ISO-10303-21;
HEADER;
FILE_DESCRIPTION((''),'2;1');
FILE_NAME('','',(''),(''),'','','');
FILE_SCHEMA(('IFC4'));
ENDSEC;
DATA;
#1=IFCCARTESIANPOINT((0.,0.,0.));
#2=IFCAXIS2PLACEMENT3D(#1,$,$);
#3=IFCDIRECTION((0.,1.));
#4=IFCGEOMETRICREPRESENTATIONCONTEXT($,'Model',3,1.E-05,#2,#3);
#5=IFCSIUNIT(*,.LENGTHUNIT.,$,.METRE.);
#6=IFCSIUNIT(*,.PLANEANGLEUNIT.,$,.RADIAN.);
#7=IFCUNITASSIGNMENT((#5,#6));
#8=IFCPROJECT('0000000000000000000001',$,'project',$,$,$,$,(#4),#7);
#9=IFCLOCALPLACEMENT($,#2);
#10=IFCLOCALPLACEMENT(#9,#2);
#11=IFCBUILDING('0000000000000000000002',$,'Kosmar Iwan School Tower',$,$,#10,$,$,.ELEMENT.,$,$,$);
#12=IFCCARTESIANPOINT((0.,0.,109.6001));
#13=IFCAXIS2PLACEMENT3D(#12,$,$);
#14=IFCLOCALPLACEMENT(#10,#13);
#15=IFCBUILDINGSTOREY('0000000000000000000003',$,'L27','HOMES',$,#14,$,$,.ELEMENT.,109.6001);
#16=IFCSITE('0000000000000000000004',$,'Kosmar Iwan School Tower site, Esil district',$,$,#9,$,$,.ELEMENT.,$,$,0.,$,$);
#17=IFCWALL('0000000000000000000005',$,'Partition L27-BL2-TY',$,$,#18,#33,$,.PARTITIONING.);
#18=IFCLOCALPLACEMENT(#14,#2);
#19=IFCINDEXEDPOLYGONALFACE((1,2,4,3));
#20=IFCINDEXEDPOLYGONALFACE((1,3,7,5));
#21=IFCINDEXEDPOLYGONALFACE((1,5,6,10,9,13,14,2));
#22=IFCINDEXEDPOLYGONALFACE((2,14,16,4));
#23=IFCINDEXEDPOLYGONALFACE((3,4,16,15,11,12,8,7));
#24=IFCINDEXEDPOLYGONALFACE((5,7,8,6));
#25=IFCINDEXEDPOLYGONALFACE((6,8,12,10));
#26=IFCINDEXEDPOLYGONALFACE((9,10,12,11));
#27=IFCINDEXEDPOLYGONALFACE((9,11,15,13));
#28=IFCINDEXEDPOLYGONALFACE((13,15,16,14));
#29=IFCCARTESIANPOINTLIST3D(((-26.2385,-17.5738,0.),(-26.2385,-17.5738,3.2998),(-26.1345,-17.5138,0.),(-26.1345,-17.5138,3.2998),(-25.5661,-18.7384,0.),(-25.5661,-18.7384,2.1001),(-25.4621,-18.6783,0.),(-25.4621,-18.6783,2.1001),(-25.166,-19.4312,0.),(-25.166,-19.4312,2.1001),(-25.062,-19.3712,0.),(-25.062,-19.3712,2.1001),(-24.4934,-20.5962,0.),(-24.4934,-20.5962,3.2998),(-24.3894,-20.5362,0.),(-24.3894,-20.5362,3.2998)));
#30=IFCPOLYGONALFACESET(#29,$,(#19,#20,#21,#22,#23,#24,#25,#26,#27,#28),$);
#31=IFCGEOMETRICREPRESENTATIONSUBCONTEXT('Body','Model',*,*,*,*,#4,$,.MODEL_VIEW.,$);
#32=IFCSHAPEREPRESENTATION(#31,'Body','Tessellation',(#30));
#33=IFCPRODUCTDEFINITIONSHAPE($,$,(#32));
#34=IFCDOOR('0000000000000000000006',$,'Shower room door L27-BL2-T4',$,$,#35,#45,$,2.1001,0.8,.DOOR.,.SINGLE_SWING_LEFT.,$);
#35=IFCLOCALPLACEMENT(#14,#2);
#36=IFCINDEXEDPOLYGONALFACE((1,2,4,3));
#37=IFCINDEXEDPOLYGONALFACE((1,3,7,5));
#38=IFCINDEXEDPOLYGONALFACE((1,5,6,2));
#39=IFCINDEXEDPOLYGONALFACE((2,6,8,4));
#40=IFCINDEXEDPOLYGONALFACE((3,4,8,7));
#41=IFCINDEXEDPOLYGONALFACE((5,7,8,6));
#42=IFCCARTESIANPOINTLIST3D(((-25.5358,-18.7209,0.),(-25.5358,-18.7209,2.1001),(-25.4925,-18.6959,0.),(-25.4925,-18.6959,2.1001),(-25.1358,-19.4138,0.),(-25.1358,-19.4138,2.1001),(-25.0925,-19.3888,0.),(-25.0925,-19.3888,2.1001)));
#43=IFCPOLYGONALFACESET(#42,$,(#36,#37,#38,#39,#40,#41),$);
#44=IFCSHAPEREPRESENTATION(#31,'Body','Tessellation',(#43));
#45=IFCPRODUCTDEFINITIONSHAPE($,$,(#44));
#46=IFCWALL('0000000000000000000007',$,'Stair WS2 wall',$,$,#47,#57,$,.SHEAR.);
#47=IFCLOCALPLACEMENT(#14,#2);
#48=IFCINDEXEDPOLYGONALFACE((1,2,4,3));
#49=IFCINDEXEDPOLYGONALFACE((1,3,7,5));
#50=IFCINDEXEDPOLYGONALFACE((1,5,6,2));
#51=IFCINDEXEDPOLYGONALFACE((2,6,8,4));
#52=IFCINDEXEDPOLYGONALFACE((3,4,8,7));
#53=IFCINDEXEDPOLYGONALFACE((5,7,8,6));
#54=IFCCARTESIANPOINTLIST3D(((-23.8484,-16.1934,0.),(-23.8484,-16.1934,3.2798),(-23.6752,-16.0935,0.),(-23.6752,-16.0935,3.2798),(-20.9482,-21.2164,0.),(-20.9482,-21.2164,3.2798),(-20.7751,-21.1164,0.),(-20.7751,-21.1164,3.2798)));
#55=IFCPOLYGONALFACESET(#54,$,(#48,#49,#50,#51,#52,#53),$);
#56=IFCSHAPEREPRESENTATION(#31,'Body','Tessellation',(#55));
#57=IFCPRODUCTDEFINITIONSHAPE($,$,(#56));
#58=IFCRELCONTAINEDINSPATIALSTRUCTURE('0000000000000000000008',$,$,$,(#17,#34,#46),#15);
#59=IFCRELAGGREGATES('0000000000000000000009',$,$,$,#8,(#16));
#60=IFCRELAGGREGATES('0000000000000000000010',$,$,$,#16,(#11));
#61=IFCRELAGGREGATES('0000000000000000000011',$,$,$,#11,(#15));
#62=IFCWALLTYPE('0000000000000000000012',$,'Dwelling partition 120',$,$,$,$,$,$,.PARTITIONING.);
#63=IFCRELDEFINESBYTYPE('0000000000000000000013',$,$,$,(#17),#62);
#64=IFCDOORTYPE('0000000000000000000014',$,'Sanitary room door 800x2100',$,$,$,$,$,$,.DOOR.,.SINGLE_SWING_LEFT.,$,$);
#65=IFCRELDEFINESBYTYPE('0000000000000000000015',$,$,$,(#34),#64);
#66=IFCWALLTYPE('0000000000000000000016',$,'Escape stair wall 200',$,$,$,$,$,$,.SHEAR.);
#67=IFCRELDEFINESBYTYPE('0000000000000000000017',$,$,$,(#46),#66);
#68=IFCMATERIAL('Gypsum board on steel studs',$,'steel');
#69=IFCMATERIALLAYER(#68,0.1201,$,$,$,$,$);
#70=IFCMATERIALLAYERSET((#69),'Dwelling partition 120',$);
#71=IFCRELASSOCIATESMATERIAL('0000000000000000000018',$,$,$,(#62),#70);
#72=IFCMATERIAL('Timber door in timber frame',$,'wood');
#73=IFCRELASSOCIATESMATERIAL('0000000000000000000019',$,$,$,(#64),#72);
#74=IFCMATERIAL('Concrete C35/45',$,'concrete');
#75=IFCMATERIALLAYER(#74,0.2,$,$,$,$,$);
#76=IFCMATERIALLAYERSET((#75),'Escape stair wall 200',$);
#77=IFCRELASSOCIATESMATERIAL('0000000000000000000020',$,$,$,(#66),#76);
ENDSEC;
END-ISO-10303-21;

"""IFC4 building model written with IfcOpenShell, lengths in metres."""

from ifc_helpers import new_model, si_unit, direction, frame, frame_2d, origin, place, context, subcontext, project, spatial, rectangle, extrude, material, layer, layer_set, type_object, element, fill, save


model = new_model("IFC4")

# Units and contexts
model_context = context("Model", 3, precision=1e-05, world=origin(), true_north=direction((0.0, 1.0)))
body_context = subcontext(model_context, "Body", "Model", "MODEL_VIEW")
ifc_project = project(units=[si_unit("LENGTHUNIT", "METRE"), si_unit("PLANEANGLEUNIT", "RADIAN")], contexts=[model_context])

# Site, building, storey
site_placement = place(None, origin())
site = spatial("IfcSite", under=ifc_project, at=site_placement, Name="Kosmar Iwan School Tower site, Esil district", CompositionType="ELEMENT", RefElevation=0.0)
building_placement = place(site_placement, origin())
building = spatial("IfcBuilding", under=site, at=building_placement, Name="Kosmar Iwan School Tower", CompositionType="ELEMENT")
storey_placement = place(building_placement, frame((0.0, 0.0, 109.6001)))
storey = spatial("IfcBuildingStorey", under=building, at=storey_placement, Name="L27", Description="HOMES", CompositionType="ELEMENT", Elevation=109.6001)

# Wall, opening, door
ifc_material_1 = material(Name="Gypsum board on steel studs", Category="steel")
ifc_layer_1 = layer(ifc_material_1, 0.1201)
ifc_layer_set_1 = layer_set([ifc_layer_1], Name="Dwelling partition 120")
wall_type_1 = type_object("IfcWallType", Name="Dwelling partition 120", PredefinedType="PARTITIONING", material=ifc_layer_set_1)
wall_1_placement = place(storey_placement, frame((-26.1865, -17.5437, 0.0), z_axis=(0.0, 0.0, 1.0), x_axis=(0.500021, -0.866013, 0.0)))
wall_1 = element("IfcWall", 1, at=wall_1_placement, inside=storey, type_object=wall_type_1, Name="Partition L27-BL2-TY", PredefinedType="PARTITIONING", context=body_context, shape_type="SweptSolid", body=[
    extrude(rectangle(XDim=3.49, YDim=0.1201, at=frame_2d((1.7451, 0.0))), origin(), (0.0, 0.0, 1.0), 3.2998),
])
opening_1_placement = place(wall_1_placement, frame((1.345, 0.0, 0.0)))
opening_1 = element("IfcOpeningElement", 2, at=opening_1_placement, cuts=wall_1, PredefinedType="OPENING", context=body_context, shape_type="SweptSolid", body=[
    extrude(rectangle(XDim=0.8, YDim=2.1001, at=frame_2d((0.3999, 1.05))), frame((0.0, 0.072, 0.0), z_axis=(0.0, -1.0, 0.0), x_axis=(1.0, 0.0, 0.0)), (0.0, 0.0, 1.0), 0.144),
])
ifc_material_2 = material(Name="Timber door in timber frame", Category="wood")
door_type_1 = type_object("IfcDoorType", Name="Sanitary room door 800x2100", OperationType="SINGLE_SWING_LEFT", PredefinedType="DOOR", material=ifc_material_2)
door_1_placement = place(opening_1_placement, origin())
door_1 = element("IfcDoor", 3, at=door_1_placement, inside=storey, type_object=door_type_1, Name="Shower room door L27-BL2-T4", OperationType="SINGLE_SWING_LEFT", OverallHeight=2.1001, OverallWidth=0.8, PredefinedType="DOOR", context=body_context, shape_type="SweptSolid", body=[
    extrude(rectangle(XDim=0.8, YDim=2.1001, at=frame_2d((0.3999, 1.05))), frame((0.0, 0.0249, 0.0), z_axis=(0.0, -1.0, 0.0), x_axis=(1.0, 0.0, 0.0)), (0.0, 0.0, 1.0), 0.05),
])
fill(opening_1, door_1)

# Wall
ifc_material_3 = material(Name="Concrete C35/45", Category="concrete")
ifc_layer_2 = layer(ifc_material_3, 0.2)
ifc_layer_set_2 = layer_set([ifc_layer_2], Name="Escape stair wall 200")
wall_type_2 = type_object("IfcWallType", Name="Escape stair wall 200", PredefinedType="SHEAR", material=ifc_layer_set_2)
wall_2_placement = place(storey_placement, frame((-23.7617, -16.1436, 0.0), z_axis=(0.0, 0.0, 1.0), x_axis=(0.500019, -0.866015, 0.0)))
element("IfcWall", 4, at=wall_2_placement, inside=storey, type_object=wall_type_2, Name="Stair WS2 wall", PredefinedType="SHEAR", context=body_context, shape_type="SweptSolid", body=[
    extrude(rectangle(XDim=5.8, YDim=0.2, at=frame_2d((2.8999, 0.0))), origin(), (0.0, 0.0, 1.0), 3.2798),
])

save(model, "model.ifc")
